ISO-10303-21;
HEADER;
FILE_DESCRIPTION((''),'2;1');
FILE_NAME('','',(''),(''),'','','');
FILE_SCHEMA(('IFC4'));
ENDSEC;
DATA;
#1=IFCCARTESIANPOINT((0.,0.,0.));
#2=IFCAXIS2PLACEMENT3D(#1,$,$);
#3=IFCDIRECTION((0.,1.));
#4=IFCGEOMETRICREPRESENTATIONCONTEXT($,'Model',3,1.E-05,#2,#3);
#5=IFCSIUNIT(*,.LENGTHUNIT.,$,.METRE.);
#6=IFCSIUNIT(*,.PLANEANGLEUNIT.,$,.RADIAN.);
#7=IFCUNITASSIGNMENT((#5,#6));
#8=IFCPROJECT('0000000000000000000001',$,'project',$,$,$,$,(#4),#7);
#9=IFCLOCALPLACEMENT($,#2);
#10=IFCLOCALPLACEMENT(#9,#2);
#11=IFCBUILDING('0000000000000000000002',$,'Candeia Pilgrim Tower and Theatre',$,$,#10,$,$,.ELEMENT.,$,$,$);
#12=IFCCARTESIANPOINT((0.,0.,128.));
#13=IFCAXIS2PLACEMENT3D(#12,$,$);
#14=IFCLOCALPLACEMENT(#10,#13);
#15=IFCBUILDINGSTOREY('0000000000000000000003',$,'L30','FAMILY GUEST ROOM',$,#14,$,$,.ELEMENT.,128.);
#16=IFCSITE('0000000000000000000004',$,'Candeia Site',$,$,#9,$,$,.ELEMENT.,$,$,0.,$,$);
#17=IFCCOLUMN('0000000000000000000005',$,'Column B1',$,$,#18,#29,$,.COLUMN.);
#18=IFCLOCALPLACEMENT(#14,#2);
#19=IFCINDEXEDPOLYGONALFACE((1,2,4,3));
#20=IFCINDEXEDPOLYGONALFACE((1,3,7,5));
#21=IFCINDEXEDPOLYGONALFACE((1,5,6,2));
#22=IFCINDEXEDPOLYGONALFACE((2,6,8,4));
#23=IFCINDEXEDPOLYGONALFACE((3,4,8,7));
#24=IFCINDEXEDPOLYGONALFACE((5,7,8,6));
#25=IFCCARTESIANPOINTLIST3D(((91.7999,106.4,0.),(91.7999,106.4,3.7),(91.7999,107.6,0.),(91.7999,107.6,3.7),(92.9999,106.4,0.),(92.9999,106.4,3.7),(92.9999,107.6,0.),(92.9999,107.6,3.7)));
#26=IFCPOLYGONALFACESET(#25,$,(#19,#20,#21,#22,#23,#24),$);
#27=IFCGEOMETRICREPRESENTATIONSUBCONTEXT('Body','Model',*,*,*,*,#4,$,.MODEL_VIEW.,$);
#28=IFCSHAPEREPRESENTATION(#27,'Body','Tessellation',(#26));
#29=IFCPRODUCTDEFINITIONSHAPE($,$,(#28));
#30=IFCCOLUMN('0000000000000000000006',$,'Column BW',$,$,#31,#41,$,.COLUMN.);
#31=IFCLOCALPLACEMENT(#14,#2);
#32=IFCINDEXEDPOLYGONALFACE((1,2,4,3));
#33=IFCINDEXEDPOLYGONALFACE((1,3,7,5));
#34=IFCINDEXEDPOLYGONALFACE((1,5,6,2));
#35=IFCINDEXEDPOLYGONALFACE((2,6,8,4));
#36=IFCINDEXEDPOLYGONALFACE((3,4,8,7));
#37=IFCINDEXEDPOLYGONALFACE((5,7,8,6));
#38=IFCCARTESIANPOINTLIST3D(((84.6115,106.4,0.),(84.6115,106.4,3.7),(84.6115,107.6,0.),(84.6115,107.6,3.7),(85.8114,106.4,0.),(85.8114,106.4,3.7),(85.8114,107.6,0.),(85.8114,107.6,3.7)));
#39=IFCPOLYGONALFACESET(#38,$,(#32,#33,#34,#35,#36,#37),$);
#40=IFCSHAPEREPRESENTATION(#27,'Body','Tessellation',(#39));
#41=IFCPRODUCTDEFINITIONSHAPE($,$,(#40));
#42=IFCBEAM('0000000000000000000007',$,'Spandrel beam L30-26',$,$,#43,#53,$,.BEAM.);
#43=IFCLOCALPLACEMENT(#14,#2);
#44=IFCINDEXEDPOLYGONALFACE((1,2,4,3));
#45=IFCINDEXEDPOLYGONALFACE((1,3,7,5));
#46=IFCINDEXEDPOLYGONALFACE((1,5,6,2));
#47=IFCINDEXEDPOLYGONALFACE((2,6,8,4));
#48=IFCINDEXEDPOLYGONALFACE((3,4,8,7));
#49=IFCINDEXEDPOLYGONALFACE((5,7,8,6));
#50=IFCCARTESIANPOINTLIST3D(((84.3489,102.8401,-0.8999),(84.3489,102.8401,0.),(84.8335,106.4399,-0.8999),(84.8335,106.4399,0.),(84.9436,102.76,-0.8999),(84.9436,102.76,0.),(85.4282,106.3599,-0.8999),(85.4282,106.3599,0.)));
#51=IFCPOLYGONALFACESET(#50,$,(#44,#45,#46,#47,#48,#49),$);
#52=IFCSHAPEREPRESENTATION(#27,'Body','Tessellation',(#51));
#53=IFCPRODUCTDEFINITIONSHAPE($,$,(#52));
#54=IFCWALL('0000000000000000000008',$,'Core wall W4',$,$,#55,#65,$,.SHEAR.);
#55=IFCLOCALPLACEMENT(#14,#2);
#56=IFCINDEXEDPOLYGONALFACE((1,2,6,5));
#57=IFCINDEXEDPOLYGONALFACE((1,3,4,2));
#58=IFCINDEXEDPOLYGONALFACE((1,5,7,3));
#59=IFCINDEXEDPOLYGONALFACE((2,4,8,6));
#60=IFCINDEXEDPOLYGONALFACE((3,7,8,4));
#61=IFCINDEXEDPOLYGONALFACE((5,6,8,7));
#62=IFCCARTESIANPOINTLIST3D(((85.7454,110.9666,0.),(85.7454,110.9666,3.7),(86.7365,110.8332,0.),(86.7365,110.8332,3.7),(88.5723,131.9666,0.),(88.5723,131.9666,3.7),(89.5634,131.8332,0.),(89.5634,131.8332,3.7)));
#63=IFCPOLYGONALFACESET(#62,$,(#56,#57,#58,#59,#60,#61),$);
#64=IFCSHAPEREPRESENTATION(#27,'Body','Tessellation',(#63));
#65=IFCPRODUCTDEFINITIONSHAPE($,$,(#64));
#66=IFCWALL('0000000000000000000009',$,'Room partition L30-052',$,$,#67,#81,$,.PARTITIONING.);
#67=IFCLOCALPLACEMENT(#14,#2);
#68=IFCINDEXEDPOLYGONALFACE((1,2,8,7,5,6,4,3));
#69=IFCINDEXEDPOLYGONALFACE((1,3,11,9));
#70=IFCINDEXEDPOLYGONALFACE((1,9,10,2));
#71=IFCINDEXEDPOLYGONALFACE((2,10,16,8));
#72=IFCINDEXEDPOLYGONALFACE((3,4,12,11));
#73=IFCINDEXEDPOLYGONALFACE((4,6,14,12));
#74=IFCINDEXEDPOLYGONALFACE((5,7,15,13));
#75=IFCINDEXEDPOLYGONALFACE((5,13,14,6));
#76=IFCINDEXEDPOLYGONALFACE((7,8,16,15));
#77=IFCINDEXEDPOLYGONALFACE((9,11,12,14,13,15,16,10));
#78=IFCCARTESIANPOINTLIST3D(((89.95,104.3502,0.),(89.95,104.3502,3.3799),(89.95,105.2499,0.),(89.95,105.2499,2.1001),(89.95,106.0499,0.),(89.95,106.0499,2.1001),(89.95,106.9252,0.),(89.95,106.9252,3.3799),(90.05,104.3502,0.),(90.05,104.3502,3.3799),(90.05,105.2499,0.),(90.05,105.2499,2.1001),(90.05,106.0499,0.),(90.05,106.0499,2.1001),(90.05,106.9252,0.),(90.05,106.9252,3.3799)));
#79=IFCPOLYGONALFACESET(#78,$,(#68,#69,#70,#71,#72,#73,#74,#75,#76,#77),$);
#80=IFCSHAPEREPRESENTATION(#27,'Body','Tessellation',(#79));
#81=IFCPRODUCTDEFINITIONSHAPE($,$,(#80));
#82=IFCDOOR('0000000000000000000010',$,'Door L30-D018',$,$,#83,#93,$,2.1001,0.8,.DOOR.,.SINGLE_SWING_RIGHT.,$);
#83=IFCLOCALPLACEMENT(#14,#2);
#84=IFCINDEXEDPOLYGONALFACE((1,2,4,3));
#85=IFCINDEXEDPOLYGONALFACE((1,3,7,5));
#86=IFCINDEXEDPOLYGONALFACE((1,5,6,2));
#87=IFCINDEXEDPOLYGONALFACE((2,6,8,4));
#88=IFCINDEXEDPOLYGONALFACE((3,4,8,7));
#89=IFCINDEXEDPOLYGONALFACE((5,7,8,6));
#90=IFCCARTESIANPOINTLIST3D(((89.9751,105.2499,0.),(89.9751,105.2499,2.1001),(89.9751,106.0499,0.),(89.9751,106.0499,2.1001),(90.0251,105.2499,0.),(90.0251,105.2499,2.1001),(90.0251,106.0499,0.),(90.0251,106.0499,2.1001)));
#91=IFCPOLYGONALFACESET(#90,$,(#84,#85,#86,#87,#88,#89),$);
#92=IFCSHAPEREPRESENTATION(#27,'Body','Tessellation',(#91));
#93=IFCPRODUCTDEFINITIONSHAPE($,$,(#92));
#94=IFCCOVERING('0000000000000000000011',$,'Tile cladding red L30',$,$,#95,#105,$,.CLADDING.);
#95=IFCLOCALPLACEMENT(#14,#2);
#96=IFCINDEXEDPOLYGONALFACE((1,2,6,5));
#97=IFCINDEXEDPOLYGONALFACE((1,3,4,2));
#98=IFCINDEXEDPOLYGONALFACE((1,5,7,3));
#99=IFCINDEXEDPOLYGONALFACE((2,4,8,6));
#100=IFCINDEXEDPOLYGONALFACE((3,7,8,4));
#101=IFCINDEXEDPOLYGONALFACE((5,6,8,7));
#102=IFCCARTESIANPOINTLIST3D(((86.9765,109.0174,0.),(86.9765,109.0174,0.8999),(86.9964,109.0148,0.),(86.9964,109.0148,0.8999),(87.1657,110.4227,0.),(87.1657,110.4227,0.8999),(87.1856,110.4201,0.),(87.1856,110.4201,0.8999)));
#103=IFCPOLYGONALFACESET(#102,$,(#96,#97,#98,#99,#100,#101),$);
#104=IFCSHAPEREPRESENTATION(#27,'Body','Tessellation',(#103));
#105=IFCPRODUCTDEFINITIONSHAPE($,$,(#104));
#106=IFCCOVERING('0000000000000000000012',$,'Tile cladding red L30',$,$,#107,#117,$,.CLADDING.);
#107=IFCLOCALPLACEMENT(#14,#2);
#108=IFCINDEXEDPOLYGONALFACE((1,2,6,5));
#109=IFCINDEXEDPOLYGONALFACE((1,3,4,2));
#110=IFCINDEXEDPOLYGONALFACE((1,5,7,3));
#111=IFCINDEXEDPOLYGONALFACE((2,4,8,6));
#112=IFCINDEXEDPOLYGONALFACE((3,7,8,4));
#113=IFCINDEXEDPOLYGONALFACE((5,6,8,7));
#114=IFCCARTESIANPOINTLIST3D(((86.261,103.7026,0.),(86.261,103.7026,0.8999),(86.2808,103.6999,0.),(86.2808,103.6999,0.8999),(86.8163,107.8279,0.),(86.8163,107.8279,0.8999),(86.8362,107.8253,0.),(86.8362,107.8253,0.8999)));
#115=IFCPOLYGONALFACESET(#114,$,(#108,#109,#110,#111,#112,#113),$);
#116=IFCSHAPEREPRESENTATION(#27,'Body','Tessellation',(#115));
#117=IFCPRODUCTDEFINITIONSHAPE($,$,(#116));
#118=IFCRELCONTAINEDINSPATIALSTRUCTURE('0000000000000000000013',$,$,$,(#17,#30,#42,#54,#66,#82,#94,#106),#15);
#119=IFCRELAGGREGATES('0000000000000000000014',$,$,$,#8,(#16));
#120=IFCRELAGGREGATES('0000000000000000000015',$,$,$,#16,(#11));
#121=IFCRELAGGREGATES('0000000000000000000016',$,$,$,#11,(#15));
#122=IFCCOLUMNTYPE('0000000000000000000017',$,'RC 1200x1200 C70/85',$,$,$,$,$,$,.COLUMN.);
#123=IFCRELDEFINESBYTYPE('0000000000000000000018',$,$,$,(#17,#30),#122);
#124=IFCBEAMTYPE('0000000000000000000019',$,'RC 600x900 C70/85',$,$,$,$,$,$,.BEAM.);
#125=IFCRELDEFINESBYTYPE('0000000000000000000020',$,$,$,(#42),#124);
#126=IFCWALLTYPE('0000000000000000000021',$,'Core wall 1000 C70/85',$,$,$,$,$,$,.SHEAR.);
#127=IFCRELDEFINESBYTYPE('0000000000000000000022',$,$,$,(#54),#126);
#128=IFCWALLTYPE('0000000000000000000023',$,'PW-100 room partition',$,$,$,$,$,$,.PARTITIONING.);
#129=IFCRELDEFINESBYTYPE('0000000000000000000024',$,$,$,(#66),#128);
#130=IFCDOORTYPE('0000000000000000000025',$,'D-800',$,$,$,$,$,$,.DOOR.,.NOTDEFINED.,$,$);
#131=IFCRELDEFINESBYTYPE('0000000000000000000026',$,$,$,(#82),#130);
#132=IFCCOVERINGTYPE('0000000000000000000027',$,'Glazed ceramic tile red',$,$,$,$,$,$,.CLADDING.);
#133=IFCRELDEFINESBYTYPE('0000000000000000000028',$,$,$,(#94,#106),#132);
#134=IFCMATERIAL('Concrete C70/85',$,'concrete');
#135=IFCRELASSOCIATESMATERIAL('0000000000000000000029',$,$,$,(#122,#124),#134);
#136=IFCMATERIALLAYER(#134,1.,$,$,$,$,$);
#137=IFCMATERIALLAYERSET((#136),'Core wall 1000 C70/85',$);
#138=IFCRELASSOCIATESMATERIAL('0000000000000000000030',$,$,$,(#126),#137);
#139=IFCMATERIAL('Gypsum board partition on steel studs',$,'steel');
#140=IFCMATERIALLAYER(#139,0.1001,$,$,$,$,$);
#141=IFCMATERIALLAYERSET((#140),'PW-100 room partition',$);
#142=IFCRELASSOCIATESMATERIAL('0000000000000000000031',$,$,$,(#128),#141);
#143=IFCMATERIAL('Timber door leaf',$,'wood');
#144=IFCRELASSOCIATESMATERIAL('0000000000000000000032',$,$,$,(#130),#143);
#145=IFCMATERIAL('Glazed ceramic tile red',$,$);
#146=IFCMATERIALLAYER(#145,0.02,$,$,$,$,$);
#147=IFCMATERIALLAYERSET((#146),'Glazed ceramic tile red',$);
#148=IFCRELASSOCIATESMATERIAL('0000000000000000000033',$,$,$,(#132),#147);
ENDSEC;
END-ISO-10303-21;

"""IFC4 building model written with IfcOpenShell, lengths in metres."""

from ifc_helpers import new_model, si_unit, direction, frame, frame_2d, origin, origin_2d, place, context, subcontext, project, spatial, rectangle, extrude, material, layer, layer_set, material_profile, profile_set, type_object, element, fill, save


model = new_model("IFC4")

# Units and contexts
model_context = context("Model", 3, precision=1e-05, world=origin(), true_north=direction((0.0, 1.0)))
body_context = subcontext(model_context, "Body", "Model", "MODEL_VIEW")
ifc_project = project(units=[si_unit("LENGTHUNIT", "METRE"), si_unit("PLANEANGLEUNIT", "RADIAN")], contexts=[model_context])

# Site, building, storey
site_placement = place(None, origin())
site = spatial("IfcSite", under=ifc_project, at=site_placement, Name="Candeia Site", CompositionType="ELEMENT", RefElevation=0.0)
building_placement = place(site_placement, origin())
building = spatial("IfcBuilding", under=site, at=building_placement, Name="Candeia Pilgrim Tower and Theatre", CompositionType="ELEMENT")
storey_placement = place(building_placement, frame((0.0, 0.0, 128.0)))
storey = spatial("IfcBuildingStorey", under=building, at=storey_placement, Name="L30", Description="FAMILY GUEST ROOM", CompositionType="ELEMENT", Elevation=128.0)

# Columns
ifc_material_1 = material(Name="Concrete C70/85", Category="concrete")
ifc_material_profile_1 = material_profile(ifc_material_1, rectangle(XDim=1.2, YDim=1.2, at=origin_2d()))
ifc_profile_set_1 = profile_set([ifc_material_profile_1], Name="Concrete C70/85")
column_type = type_object("IfcColumnType", Name="RC 1200x1200 C70/85", PredefinedType="COLUMN", material=ifc_profile_set_1)
for number, where, z_axis, x_axis, name in (
    (1, (92.3999, 107.0, 0.0), (0.0, 0.0, 1.0), (1.0, 0.0, 0.0), "Column B1"),
    (2, (85.2114, 107.0, 0.0), (0.0, 0.0, 1.0), (1.0, 0.0, 0.0), "Column BW"),
):
    element("IfcColumn", number, at=place(storey_placement, frame(where, z_axis=z_axis, x_axis=x_axis)), inside=storey, type_object=column_type, Name=name, PredefinedType="COLUMN", context=body_context, shape_type="SweptSolid", body=[
        extrude(rectangle(XDim=1.2, YDim=1.2, at=origin_2d()), origin(), (0.0, 0.0, 1.0), 3.7),
    ])

# Beam
ifc_material_profile_2 = material_profile(ifc_material_1, rectangle(XDim=0.6001, YDim=0.8999, at=origin_2d()))
ifc_profile_set_2 = profile_set([ifc_material_profile_2], Name="Concrete C70/85")
beam_type = type_object("IfcBeamType", Name="RC 600x900 C70/85", PredefinedType="BEAM", material=ifc_profile_set_2)
beam_placement = place(storey_placement, frame((85.1309, 106.3999, -0.45), z_axis=(-0.133418, -0.99106, 0.0), x_axis=(0.99106, -0.133418, 0.0)))
element("IfcBeam", 3, at=beam_placement, inside=storey, type_object=beam_type, Name="Spandrel beam L30-26", PredefinedType="BEAM", context=body_context, shape_type="SweptSolid", body=[
    extrude(rectangle(XDim=0.6001, YDim=0.8999, at=origin_2d()), origin(), (0.0, 0.0, 1.0), 3.6323),
])

# Wall
ifc_layer_1 = layer(ifc_material_1, 1.0)
ifc_layer_set_1 = layer_set([ifc_layer_1], Name="Core wall 1000 C70/85")
wall_type_1 = type_object("IfcWallType", Name="Core wall 1000 C70/85", PredefinedType="SHEAR", material=ifc_layer_set_1)
wall_1_placement = place(storey_placement, frame((86.241, 110.8999, 0.0), z_axis=(0.0, 0.0, 1.0), x_axis=(0.133411, 0.991061, 0.0)))
element("IfcWall", 4, at=wall_1_placement, inside=storey, type_object=wall_type_1, Name="Core wall W4", PredefinedType="SHEAR", context=body_context, shape_type="SweptSolid", body=[
    extrude(rectangle(XDim=21.1895, YDim=1.0, at=frame_2d((10.5947, 0.0))), origin(), (0.0, 0.0, 1.0), 3.7),
])

# Wall, opening, door
ifc_material_2 = material(Name="Gypsum board partition on steel studs", Category="steel")
ifc_layer_2 = layer(ifc_material_2, 0.1001)
ifc_layer_set_2 = layer_set([ifc_layer_2], Name="PW-100 room partition")
wall_type_2 = type_object("IfcWallType", Name="PW-100 room partition", PredefinedType="PARTITIONING", material=ifc_layer_set_2)
wall_2_placement = place(storey_placement, frame((90.0, 104.3501, 0.0), z_axis=(0.0, 0.0, 1.0), x_axis=(0.0, 1.0, 0.0)))
wall_2 = element("IfcWall", 5, at=wall_2_placement, inside=storey, type_object=wall_type_2, Name="Room partition L30-052", PredefinedType="PARTITIONING", context=body_context, shape_type="SweptSolid", body=[
    extrude(rectangle(XDim=2.575, YDim=0.1001, at=frame_2d((1.2876, 0.0))), origin(), (0.0, 0.0, 1.0), 3.3799),
])
opening_1_placement = place(wall_2_placement, frame((0.8999, 0.0, 0.0)))
opening_1 = element("IfcOpeningElement", 6, at=opening_1_placement, cuts=wall_2, PredefinedType="OPENING", context=body_context, shape_type="SweptSolid", body=[
    extrude(rectangle(XDim=0.8, YDim=2.1001, at=frame_2d((0.3999, 1.05))), frame((0.0, 0.0601, 0.0), z_axis=(0.0, -1.0, 0.0), x_axis=(1.0, 0.0, 0.0)), (0.0, 0.0, 1.0), 0.1201),
])
ifc_material_3 = material(Name="Timber door leaf", Category="wood")
door_type_1 = type_object("IfcDoorType", Name="D-800", OperationType="NOTDEFINED", PredefinedType="DOOR", material=ifc_material_3)
door_1_placement = place(opening_1_placement, origin())
door_1 = element("IfcDoor", 7, at=door_1_placement, inside=storey, type_object=door_type_1, Name="Door L30-D018", OperationType="SINGLE_SWING_RIGHT", OverallHeight=2.1001, OverallWidth=0.8, PredefinedType="DOOR", context=body_context, shape_type="SweptSolid", body=[
    extrude(rectangle(XDim=0.8, YDim=2.1001, at=frame_2d((0.3999, 1.05))), frame((0.0, 0.0249, 0.0), z_axis=(0.0, -1.0, 0.0), x_axis=(1.0, 0.0, 0.0)), (0.0, 0.0, 1.0), 0.05),
])
fill(opening_1, door_1)

# Coverings
ifc_material_4 = material(Name="Glazed ceramic tile red")
ifc_layer_3 = layer(ifc_material_4, 0.02)
ifc_layer_set_3 = layer_set([ifc_layer_3], Name="Glazed ceramic tile red")
covering_type = type_object("IfcCoveringType", Name="Glazed ceramic tile red", PredefinedType="CLADDING", material=ifc_layer_set_3)
covering_1_placement = place(storey_placement, frame((87.0811, 109.7188, 0.0), z_axis=(0.0, 0.0, 1.0), x_axis=(-0.133412, -0.991061, 0.0)))
element("IfcCovering", 8, at=covering_1_placement, inside=storey, type_object=covering_type, Name="Tile cladding red L30", PredefinedType="CLADDING", context=body_context, shape_type="SweptSolid", body=[
    extrude(rectangle(XDim=1.418, YDim=0.02, at=origin_2d()), origin(), (0.0, 0.0, 1.0), 0.8999),
])
covering_2_placement = place(storey_placement, frame((86.5486, 105.7639, 0.0), z_axis=(0.0, 0.0, 1.0), x_axis=(-0.133412, -0.991061, 0.0)))
element("IfcCovering", 9, at=covering_2_placement, inside=storey, type_object=covering_type, Name="Tile cladding red L30", PredefinedType="CLADDING", context=body_context, shape_type="SweptSolid", body=[
    extrude(rectangle(XDim=4.1626, YDim=0.02, at=origin_2d()), origin(), (0.0, 0.0, 1.0), 0.8999),
])

save(model, "model.ifc")
